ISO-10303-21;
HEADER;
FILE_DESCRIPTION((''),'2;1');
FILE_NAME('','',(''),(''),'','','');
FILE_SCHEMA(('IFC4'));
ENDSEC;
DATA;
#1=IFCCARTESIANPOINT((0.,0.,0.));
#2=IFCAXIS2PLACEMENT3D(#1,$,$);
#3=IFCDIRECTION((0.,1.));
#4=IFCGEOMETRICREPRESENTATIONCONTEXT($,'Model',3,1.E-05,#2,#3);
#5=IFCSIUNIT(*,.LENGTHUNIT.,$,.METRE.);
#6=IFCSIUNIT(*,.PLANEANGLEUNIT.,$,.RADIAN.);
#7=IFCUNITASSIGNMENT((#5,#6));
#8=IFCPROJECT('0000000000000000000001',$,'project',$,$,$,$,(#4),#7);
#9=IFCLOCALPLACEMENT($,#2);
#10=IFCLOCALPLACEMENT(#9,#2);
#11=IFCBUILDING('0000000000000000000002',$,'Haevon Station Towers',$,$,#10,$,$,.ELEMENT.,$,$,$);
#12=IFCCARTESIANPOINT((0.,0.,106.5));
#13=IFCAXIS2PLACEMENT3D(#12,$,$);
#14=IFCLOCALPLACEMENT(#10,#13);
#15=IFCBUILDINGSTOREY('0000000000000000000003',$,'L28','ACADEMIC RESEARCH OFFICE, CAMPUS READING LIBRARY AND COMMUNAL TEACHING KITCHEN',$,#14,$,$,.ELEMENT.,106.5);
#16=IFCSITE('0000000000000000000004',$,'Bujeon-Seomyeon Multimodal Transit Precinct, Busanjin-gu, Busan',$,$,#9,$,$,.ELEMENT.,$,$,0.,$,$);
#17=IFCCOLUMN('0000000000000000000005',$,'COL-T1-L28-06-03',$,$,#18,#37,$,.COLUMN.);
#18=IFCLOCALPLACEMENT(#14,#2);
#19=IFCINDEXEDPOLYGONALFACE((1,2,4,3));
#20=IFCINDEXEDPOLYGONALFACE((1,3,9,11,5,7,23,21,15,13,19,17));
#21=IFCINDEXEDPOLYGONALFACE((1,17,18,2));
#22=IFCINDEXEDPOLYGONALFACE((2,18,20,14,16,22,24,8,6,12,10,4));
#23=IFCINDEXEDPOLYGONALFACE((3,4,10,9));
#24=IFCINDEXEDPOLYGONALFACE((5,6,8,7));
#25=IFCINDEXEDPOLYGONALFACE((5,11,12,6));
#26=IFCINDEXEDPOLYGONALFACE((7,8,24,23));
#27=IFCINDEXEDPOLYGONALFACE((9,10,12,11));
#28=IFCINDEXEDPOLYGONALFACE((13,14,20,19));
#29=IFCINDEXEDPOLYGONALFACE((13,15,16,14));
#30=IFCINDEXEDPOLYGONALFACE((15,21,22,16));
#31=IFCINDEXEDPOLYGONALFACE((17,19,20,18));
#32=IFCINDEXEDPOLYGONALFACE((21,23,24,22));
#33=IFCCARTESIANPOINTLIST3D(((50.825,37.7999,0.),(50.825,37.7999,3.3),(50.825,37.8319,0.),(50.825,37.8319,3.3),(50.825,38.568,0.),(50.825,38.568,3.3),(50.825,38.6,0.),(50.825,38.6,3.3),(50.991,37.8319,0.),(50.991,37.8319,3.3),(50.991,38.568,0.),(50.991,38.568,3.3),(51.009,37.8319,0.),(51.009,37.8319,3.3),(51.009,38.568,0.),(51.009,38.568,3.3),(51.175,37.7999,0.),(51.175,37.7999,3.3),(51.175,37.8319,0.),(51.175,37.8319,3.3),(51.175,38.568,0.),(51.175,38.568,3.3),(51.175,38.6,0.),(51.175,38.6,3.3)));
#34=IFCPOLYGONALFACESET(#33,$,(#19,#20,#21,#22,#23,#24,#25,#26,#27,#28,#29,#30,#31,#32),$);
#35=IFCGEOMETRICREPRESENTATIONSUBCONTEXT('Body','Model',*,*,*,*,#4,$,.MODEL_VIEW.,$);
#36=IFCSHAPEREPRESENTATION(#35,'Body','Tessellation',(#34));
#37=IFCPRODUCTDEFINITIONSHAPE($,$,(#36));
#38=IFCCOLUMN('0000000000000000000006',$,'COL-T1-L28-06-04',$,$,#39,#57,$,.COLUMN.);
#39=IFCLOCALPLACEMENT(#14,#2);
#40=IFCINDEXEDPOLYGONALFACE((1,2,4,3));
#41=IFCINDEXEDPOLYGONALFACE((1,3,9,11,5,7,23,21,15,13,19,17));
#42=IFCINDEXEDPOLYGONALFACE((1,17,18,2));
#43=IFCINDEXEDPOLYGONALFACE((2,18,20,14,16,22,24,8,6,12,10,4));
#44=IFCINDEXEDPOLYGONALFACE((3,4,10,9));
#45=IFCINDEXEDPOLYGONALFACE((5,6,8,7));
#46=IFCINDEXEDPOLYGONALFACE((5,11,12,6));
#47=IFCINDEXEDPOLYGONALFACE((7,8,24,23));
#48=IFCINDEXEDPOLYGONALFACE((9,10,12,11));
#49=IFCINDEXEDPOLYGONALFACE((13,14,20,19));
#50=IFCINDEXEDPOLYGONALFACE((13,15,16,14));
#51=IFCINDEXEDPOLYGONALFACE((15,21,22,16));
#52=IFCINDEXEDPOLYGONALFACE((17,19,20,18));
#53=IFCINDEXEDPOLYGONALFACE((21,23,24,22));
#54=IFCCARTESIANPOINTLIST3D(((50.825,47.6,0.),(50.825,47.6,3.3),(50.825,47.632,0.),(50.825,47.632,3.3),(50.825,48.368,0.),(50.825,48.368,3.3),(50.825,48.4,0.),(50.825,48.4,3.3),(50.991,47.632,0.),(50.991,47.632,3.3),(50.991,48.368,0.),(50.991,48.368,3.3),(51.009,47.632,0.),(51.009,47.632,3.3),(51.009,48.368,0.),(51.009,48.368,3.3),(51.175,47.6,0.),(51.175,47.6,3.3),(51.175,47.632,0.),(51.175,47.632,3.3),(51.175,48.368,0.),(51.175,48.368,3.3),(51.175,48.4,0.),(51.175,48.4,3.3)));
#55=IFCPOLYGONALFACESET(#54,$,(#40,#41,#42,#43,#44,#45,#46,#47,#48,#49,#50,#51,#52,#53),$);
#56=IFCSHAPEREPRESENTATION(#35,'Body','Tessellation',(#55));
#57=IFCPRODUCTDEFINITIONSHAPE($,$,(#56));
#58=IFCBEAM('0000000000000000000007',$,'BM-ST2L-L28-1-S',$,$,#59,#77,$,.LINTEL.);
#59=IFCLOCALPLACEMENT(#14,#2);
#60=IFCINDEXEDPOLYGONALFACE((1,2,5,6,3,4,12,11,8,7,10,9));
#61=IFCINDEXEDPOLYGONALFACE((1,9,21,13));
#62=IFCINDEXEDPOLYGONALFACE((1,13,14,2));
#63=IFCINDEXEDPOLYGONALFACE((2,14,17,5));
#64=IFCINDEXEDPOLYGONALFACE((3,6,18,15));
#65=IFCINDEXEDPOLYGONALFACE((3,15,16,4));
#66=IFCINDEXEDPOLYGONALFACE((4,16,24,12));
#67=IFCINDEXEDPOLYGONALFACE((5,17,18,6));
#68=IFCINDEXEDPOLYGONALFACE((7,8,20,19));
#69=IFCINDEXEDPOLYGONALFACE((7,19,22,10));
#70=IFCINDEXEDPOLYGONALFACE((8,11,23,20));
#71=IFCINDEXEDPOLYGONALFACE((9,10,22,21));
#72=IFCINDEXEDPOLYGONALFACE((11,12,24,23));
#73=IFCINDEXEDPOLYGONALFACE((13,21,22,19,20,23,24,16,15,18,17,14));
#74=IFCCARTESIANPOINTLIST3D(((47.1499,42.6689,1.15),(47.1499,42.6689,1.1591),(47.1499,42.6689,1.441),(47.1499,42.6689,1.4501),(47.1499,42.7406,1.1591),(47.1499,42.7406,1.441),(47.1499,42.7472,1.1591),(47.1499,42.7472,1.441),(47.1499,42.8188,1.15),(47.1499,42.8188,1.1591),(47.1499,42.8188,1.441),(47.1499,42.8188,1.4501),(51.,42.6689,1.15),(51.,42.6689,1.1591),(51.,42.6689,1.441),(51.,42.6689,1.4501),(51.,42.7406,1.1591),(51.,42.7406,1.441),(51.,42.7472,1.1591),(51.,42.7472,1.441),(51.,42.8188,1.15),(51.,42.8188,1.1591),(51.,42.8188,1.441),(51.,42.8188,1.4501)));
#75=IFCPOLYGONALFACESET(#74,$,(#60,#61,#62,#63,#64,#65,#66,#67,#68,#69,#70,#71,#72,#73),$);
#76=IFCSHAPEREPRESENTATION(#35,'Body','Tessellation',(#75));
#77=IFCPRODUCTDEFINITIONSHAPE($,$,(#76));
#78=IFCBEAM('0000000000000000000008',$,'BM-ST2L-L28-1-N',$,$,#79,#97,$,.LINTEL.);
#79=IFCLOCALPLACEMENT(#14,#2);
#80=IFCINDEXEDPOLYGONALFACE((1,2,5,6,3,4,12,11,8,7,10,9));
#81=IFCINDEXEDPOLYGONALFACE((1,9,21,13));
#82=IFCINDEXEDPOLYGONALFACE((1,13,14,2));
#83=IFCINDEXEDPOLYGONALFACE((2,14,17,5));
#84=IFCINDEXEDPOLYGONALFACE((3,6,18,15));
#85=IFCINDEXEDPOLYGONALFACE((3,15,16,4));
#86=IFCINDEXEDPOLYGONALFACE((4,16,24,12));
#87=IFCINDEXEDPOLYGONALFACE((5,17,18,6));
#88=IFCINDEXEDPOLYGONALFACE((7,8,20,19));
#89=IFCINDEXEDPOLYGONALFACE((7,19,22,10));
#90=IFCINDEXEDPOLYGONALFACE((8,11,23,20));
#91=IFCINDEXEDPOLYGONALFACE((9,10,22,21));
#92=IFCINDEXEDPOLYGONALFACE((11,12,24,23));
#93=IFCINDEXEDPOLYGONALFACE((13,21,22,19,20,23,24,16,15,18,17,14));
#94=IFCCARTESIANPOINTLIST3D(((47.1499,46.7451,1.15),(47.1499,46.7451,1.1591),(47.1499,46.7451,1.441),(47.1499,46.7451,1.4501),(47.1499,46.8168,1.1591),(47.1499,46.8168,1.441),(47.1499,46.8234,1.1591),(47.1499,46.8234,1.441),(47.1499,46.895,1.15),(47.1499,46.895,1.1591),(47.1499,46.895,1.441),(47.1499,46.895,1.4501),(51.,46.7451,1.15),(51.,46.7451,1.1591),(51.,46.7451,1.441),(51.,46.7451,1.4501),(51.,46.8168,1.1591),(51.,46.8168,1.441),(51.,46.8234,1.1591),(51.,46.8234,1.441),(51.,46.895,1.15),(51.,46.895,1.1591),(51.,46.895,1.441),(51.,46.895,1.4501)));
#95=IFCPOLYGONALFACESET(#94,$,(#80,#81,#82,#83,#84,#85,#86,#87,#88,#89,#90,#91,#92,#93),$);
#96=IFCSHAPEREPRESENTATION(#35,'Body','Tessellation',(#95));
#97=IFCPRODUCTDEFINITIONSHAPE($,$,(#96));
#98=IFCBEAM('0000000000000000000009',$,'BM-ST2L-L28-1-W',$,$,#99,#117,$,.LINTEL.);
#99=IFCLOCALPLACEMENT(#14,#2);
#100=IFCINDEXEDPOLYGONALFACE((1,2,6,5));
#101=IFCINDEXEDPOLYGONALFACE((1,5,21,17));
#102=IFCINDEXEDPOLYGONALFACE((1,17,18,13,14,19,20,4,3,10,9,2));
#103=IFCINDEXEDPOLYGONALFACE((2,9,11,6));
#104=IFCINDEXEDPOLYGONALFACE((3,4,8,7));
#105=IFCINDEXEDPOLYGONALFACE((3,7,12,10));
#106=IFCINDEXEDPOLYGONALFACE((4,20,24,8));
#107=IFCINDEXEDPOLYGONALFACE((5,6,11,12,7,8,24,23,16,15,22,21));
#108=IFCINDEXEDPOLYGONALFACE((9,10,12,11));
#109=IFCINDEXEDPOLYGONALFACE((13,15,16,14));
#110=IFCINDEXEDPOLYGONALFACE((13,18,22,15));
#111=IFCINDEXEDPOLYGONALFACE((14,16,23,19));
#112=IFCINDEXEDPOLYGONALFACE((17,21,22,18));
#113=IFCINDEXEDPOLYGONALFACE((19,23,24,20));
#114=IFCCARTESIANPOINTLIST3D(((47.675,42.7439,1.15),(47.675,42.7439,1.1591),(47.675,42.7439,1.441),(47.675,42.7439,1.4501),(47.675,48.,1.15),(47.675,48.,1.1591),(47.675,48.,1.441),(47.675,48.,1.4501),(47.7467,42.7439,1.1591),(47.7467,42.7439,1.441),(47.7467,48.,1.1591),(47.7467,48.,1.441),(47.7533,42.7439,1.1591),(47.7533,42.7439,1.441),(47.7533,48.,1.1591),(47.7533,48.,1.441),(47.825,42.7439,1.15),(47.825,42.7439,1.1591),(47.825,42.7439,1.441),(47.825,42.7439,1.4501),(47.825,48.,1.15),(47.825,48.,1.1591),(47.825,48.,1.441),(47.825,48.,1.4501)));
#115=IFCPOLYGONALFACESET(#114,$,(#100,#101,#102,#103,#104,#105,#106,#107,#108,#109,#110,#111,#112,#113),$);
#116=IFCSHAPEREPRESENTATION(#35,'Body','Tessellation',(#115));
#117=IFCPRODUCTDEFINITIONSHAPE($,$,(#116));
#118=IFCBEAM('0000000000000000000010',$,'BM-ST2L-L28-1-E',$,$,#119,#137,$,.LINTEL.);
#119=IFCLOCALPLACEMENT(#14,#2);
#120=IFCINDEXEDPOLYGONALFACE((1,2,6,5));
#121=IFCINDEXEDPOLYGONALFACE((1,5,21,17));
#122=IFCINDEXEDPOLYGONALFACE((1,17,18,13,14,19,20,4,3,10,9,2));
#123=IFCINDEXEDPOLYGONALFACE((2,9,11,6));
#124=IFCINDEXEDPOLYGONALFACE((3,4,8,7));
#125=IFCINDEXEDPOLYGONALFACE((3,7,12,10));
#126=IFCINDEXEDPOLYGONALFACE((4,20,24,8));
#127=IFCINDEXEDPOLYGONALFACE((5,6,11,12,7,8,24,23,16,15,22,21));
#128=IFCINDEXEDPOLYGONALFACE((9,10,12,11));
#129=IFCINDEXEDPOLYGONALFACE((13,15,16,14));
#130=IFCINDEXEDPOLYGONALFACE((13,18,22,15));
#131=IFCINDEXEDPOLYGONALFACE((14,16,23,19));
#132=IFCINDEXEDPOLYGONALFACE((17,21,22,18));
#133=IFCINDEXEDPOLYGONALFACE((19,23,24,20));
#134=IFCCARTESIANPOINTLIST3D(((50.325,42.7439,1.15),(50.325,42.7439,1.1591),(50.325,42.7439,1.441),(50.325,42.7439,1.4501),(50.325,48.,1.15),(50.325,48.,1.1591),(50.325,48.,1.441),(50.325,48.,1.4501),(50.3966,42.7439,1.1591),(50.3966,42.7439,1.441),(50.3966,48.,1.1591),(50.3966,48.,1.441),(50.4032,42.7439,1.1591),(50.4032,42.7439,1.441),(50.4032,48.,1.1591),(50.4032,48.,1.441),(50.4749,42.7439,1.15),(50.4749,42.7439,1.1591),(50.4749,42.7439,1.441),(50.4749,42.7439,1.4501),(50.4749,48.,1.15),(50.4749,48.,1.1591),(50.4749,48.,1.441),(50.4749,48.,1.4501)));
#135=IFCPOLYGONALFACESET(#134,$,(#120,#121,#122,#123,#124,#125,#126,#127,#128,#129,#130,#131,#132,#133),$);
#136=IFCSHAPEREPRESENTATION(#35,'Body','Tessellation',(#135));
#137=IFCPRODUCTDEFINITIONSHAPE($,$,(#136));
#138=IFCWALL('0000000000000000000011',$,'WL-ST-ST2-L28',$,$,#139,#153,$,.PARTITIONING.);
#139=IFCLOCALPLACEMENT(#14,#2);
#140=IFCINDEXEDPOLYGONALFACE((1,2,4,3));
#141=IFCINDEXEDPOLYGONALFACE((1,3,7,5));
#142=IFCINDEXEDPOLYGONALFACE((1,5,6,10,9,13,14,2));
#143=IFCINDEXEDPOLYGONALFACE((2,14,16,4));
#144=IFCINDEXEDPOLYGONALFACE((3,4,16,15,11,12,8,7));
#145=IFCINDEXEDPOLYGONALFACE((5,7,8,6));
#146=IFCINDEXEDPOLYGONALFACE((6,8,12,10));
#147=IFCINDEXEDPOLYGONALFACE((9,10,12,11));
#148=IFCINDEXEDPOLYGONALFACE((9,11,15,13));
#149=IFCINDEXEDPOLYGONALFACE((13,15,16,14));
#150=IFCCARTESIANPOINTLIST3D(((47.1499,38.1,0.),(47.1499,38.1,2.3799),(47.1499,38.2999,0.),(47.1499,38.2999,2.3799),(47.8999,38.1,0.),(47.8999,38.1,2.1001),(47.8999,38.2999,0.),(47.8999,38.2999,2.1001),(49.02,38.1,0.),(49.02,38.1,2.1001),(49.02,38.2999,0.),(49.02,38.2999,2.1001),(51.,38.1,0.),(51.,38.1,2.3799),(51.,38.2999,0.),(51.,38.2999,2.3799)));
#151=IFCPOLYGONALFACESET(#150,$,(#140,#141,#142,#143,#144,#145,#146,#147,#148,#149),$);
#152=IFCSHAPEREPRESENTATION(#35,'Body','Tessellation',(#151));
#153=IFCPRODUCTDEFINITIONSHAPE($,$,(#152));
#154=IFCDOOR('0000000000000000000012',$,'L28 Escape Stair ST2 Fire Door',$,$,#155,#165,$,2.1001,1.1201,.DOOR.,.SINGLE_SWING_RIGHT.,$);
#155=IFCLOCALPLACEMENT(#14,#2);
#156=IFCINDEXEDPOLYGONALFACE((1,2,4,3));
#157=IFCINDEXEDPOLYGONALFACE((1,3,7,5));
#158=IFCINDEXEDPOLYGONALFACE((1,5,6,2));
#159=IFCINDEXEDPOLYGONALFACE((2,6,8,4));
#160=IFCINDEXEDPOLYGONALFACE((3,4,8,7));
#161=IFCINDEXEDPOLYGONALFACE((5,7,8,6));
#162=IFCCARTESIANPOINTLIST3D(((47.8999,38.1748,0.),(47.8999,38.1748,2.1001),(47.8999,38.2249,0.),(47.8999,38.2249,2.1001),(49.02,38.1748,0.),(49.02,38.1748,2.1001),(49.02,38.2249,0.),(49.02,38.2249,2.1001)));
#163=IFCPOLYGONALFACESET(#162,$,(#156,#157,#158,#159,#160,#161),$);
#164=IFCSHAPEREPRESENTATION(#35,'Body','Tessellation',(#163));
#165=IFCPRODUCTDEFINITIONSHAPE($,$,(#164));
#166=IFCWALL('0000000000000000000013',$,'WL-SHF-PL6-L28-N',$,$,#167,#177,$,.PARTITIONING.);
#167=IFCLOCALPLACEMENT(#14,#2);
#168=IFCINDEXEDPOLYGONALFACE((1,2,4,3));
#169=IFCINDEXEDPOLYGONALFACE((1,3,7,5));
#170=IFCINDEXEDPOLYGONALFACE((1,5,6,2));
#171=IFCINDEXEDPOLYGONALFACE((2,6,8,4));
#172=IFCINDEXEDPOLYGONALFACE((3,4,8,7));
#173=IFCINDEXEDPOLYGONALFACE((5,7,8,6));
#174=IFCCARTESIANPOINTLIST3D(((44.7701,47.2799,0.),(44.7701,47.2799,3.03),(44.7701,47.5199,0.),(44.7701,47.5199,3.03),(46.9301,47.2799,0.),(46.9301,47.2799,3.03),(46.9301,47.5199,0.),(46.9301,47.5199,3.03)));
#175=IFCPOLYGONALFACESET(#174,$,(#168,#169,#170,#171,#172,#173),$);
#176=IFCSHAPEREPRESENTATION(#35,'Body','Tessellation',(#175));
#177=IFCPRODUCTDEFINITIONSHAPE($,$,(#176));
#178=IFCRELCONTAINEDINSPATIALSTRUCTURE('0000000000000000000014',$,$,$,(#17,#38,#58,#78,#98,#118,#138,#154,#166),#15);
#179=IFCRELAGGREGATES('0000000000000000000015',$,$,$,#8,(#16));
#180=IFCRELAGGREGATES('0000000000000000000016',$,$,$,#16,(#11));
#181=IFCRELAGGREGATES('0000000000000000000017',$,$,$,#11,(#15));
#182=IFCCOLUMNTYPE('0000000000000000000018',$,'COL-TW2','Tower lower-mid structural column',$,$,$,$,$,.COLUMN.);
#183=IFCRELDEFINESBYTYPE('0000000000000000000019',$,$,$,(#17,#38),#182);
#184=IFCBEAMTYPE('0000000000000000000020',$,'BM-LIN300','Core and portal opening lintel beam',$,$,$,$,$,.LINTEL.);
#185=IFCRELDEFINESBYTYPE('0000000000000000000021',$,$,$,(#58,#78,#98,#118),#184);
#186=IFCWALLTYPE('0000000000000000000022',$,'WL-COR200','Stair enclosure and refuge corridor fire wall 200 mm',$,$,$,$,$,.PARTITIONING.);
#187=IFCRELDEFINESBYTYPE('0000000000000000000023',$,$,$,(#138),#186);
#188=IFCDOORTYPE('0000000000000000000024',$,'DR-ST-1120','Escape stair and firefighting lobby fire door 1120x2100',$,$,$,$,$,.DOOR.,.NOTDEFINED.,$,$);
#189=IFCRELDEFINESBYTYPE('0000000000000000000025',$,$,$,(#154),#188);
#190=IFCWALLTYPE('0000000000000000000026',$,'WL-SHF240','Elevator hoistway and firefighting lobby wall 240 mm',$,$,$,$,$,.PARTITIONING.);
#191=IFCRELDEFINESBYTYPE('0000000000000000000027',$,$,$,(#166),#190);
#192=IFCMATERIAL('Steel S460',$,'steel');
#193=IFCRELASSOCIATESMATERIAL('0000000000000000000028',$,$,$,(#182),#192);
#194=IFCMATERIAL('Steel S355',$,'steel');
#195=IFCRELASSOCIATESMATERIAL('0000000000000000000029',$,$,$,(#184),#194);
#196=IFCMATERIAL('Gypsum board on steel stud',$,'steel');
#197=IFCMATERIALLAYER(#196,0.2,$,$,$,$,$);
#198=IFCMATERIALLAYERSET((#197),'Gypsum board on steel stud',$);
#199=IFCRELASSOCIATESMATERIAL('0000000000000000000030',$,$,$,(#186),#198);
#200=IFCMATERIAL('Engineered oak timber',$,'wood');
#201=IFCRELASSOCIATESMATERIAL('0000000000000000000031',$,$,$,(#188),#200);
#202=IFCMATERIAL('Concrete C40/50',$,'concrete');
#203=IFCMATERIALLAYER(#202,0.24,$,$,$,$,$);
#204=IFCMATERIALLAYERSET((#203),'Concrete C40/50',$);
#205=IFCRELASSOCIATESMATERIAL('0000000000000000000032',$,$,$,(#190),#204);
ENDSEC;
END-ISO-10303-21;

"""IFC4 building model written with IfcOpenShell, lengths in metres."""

from ifc_helpers import new_model, si_unit, direction, frame, frame_2d, origin, origin_2d, place, context, subcontext, project, spatial, rectangle, i_section, extrude, material, layer, layer_set, material_profile, profile_set, type_object, element, fill, save


model = new_model("IFC4")

# Units and contexts
model_context = context("Model", 3, precision=1e-05, world=origin(), true_north=direction((0.0, 1.0)))
body_context = subcontext(model_context, "Body", "Model", "MODEL_VIEW")
ifc_project = project(units=[si_unit("LENGTHUNIT", "METRE"), si_unit("PLANEANGLEUNIT", "RADIAN")], contexts=[model_context])

# Site, building, storey
site_placement = place(None, origin())
site = spatial("IfcSite", under=ifc_project, at=site_placement, Name="Bujeon-Seomyeon Multimodal Transit Precinct, Busanjin-gu, Busan", CompositionType="ELEMENT", RefElevation=0.0)
building_placement = place(site_placement, origin())
building = spatial("IfcBuilding", under=site, at=building_placement, Name="Haevon Station Towers", CompositionType="ELEMENT")
storey_placement = place(building_placement, frame((0.0, 0.0, 106.5)))
storey = spatial("IfcBuildingStorey", under=building, at=storey_placement, Name="L28", Description="ACADEMIC RESEARCH OFFICE, CAMPUS READING LIBRARY AND COMMUNAL TEACHING KITCHEN", CompositionType="ELEMENT", Elevation=106.5)

# Columns
ifc_material_1 = material(Name="Steel S460", Category="steel")
ifc_material_profile_1 = material_profile(ifc_material_1, i_section(OverallWidth=0.3501, OverallDepth=0.8, WebThickness=0.0181, FlangeThickness=0.032, at=origin_2d()), Name="H-800x350x18x32")
ifc_profile_set_1 = profile_set([ifc_material_profile_1], Name="Steel S460")
column_type = type_object("IfcColumnType", Name="COL-TW2", Description="Tower lower-mid structural column", PredefinedType="COLUMN", material=ifc_profile_set_1)
for number, where, z_axis, x_axis, name in (
    (1, (51.0, 38.2, 0.0), (0.0, 0.0, 1.0), (1.0, 0.0, 0.0), "COL-T1-L28-06-03"),
    (2, (51.0, 48.0, 0.0), (0.0, 0.0, 1.0), (1.0, 0.0, 0.0), "COL-T1-L28-06-04"),
):
    element("IfcColumn", number, at=place(storey_placement, frame(where, z_axis=z_axis, x_axis=x_axis)), inside=storey, type_object=column_type, Name=name, PredefinedType="COLUMN", context=body_context, shape_type="SweptSolid", body=[
        extrude(i_section(OverallWidth=0.3501, OverallDepth=0.8, WebThickness=0.0181, FlangeThickness=0.032, at=origin_2d()), origin(), (0.0, 0.0, 1.0), 3.3),
    ])

# Beams
ifc_material_2 = material(Name="Steel S355", Category="steel")
ifc_material_profile_2 = material_profile(ifc_material_2, i_section(OverallWidth=0.1499, OverallDepth=0.3, WebThickness=0.0066, FlangeThickness=0.009, at=origin_2d()), Name="H-300x150x6.5x9")
ifc_profile_set_2 = profile_set([ifc_material_profile_2], Name="Steel S355")
beam_type = type_object("IfcBeamType", Name="BM-LIN300", Description="Core and portal opening lintel beam", PredefinedType="LINTEL", material=ifc_profile_set_2)
for number, where, z_axis, x_axis, name in (
    (3, (47.1499, 42.7439, 1.3), (1.0, 0.0, 0.0), (0.0, 1.0, 0.0), "BM-ST2L-L28-1-S"),
    (4, (47.1499, 46.8201, 1.3), (1.0, 0.0, 0.0), (0.0, 1.0, 0.0), "BM-ST2L-L28-1-N"),
):
    element("IfcBeam", number, at=place(storey_placement, frame(where, z_axis=z_axis, x_axis=x_axis)), inside=storey, type_object=beam_type, Name=name, PredefinedType="LINTEL", context=body_context, shape_type="SweptSolid", body=[
        extrude(i_section(OverallWidth=0.1499, OverallDepth=0.3, WebThickness=0.0066, FlangeThickness=0.009, at=origin_2d()), origin(), (0.0, 0.0, 1.0), 3.8501),
    ])
for number, where, z_axis, x_axis, name in (
    (5, (47.75, 42.7439, 1.3), (0.0, 1.0, 0.0), (-1.0, 0.0, 0.0), "BM-ST2L-L28-1-W"),
    (6, (50.3999, 42.7439, 1.3), (0.0, 1.0, 0.0), (-1.0, 0.0, 0.0), "BM-ST2L-L28-1-E"),
):
    element("IfcBeam", number, at=place(storey_placement, frame(where, z_axis=z_axis, x_axis=x_axis)), inside=storey, type_object=beam_type, Name=name, PredefinedType="LINTEL", context=body_context, shape_type="SweptSolid", body=[
        extrude(i_section(OverallWidth=0.1499, OverallDepth=0.3, WebThickness=0.0066, FlangeThickness=0.009, at=origin_2d()), origin(), (0.0, 0.0, 1.0), 5.2561),
    ])

# Wall, opening, door
ifc_material_3 = material(Name="Gypsum board on steel stud", Category="steel")
ifc_layer_1 = layer(ifc_material_3, 0.2)
ifc_layer_set_1 = layer_set([ifc_layer_1], Name="Gypsum board on steel stud")
wall_type_1 = type_object("IfcWallType", Name="WL-COR200", Description="Stair enclosure and refuge corridor fire wall 200 mm", PredefinedType="PARTITIONING", material=ifc_layer_set_1)
wall_1_placement = place(storey_placement, frame((47.1499, 38.2, 0.0), z_axis=(0.0, 0.0, 1.0), x_axis=(1.0, 0.0, 0.0)))
wall_1 = element("IfcWall", 7, at=wall_1_placement, inside=storey, type_object=wall_type_1, Name="WL-ST-ST2-L28", PredefinedType="PARTITIONING", context=body_context, shape_type="SweptSolid", body=[
    extrude(rectangle(XDim=3.8501, YDim=0.2, at=frame_2d((1.925, 0.0))), origin(), (0.0, 0.0, 1.0), 2.3799),
])
opening_placement = place(wall_1_placement, frame((0.75, 0.0, 0.0)))
opening = element("IfcOpeningElement", 8, at=opening_placement, cuts=wall_1, PredefinedType="OPENING", context=body_context, shape_type="SweptSolid", body=[
    extrude(rectangle(XDim=1.1201, YDim=2.1001, at=frame_2d((0.5601, 1.05))), frame((0.0, 0.1099, 0.0), z_axis=(0.0, -1.0, 0.0), x_axis=(1.0, 0.0, 0.0)), (0.0, 0.0, 1.0), 0.22),
])
ifc_material_4 = material(Name="Engineered oak timber", Category="wood")
door_type = type_object("IfcDoorType", Name="DR-ST-1120", Description="Escape stair and firefighting lobby fire door 1120x2100", OperationType="NOTDEFINED", PredefinedType="DOOR", material=ifc_material_4)
door_placement = place(opening_placement, origin())
door = element("IfcDoor", 9, at=door_placement, inside=storey, type_object=door_type, Name="L28 Escape Stair ST2 Fire Door", OperationType="SINGLE_SWING_RIGHT", OverallHeight=2.1001, OverallWidth=1.1201, PredefinedType="DOOR", context=body_context, shape_type="SweptSolid", body=[
    extrude(rectangle(XDim=1.1201, YDim=2.1001, at=frame_2d((0.5601, 1.05))), frame((0.0, 0.0249, 0.0), z_axis=(0.0, -1.0, 0.0), x_axis=(1.0, 0.0, 0.0)), (0.0, 0.0, 1.0), 0.05),
])
fill(opening, door)

# Wall
ifc_material_5 = material(Name="Concrete C40/50", Category="concrete")
ifc_layer_2 = layer(ifc_material_5, 0.24)
ifc_layer_set_2 = layer_set([ifc_layer_2], Name="Concrete C40/50")
wall_type_2 = type_object("IfcWallType", Name="WL-SHF240", Description="Elevator hoistway and firefighting lobby wall 240 mm", PredefinedType="PARTITIONING", material=ifc_layer_set_2)
wall_2_placement = place(storey_placement, frame((44.77, 47.3999, 0.0), z_axis=(0.0, 0.0, 1.0), x_axis=(1.0, 0.0, 0.0)))
element("IfcWall", 10, at=wall_2_placement, inside=storey, type_object=wall_type_2, Name="WL-SHF-PL6-L28-N", PredefinedType="PARTITIONING", context=body_context, shape_type="SweptSolid", body=[
    extrude(rectangle(XDim=2.1599, YDim=0.24, at=frame_2d((1.0801, 0.0))), origin(), (0.0, 0.0, 1.0), 3.03),
])

save(model, "model.ifc")
